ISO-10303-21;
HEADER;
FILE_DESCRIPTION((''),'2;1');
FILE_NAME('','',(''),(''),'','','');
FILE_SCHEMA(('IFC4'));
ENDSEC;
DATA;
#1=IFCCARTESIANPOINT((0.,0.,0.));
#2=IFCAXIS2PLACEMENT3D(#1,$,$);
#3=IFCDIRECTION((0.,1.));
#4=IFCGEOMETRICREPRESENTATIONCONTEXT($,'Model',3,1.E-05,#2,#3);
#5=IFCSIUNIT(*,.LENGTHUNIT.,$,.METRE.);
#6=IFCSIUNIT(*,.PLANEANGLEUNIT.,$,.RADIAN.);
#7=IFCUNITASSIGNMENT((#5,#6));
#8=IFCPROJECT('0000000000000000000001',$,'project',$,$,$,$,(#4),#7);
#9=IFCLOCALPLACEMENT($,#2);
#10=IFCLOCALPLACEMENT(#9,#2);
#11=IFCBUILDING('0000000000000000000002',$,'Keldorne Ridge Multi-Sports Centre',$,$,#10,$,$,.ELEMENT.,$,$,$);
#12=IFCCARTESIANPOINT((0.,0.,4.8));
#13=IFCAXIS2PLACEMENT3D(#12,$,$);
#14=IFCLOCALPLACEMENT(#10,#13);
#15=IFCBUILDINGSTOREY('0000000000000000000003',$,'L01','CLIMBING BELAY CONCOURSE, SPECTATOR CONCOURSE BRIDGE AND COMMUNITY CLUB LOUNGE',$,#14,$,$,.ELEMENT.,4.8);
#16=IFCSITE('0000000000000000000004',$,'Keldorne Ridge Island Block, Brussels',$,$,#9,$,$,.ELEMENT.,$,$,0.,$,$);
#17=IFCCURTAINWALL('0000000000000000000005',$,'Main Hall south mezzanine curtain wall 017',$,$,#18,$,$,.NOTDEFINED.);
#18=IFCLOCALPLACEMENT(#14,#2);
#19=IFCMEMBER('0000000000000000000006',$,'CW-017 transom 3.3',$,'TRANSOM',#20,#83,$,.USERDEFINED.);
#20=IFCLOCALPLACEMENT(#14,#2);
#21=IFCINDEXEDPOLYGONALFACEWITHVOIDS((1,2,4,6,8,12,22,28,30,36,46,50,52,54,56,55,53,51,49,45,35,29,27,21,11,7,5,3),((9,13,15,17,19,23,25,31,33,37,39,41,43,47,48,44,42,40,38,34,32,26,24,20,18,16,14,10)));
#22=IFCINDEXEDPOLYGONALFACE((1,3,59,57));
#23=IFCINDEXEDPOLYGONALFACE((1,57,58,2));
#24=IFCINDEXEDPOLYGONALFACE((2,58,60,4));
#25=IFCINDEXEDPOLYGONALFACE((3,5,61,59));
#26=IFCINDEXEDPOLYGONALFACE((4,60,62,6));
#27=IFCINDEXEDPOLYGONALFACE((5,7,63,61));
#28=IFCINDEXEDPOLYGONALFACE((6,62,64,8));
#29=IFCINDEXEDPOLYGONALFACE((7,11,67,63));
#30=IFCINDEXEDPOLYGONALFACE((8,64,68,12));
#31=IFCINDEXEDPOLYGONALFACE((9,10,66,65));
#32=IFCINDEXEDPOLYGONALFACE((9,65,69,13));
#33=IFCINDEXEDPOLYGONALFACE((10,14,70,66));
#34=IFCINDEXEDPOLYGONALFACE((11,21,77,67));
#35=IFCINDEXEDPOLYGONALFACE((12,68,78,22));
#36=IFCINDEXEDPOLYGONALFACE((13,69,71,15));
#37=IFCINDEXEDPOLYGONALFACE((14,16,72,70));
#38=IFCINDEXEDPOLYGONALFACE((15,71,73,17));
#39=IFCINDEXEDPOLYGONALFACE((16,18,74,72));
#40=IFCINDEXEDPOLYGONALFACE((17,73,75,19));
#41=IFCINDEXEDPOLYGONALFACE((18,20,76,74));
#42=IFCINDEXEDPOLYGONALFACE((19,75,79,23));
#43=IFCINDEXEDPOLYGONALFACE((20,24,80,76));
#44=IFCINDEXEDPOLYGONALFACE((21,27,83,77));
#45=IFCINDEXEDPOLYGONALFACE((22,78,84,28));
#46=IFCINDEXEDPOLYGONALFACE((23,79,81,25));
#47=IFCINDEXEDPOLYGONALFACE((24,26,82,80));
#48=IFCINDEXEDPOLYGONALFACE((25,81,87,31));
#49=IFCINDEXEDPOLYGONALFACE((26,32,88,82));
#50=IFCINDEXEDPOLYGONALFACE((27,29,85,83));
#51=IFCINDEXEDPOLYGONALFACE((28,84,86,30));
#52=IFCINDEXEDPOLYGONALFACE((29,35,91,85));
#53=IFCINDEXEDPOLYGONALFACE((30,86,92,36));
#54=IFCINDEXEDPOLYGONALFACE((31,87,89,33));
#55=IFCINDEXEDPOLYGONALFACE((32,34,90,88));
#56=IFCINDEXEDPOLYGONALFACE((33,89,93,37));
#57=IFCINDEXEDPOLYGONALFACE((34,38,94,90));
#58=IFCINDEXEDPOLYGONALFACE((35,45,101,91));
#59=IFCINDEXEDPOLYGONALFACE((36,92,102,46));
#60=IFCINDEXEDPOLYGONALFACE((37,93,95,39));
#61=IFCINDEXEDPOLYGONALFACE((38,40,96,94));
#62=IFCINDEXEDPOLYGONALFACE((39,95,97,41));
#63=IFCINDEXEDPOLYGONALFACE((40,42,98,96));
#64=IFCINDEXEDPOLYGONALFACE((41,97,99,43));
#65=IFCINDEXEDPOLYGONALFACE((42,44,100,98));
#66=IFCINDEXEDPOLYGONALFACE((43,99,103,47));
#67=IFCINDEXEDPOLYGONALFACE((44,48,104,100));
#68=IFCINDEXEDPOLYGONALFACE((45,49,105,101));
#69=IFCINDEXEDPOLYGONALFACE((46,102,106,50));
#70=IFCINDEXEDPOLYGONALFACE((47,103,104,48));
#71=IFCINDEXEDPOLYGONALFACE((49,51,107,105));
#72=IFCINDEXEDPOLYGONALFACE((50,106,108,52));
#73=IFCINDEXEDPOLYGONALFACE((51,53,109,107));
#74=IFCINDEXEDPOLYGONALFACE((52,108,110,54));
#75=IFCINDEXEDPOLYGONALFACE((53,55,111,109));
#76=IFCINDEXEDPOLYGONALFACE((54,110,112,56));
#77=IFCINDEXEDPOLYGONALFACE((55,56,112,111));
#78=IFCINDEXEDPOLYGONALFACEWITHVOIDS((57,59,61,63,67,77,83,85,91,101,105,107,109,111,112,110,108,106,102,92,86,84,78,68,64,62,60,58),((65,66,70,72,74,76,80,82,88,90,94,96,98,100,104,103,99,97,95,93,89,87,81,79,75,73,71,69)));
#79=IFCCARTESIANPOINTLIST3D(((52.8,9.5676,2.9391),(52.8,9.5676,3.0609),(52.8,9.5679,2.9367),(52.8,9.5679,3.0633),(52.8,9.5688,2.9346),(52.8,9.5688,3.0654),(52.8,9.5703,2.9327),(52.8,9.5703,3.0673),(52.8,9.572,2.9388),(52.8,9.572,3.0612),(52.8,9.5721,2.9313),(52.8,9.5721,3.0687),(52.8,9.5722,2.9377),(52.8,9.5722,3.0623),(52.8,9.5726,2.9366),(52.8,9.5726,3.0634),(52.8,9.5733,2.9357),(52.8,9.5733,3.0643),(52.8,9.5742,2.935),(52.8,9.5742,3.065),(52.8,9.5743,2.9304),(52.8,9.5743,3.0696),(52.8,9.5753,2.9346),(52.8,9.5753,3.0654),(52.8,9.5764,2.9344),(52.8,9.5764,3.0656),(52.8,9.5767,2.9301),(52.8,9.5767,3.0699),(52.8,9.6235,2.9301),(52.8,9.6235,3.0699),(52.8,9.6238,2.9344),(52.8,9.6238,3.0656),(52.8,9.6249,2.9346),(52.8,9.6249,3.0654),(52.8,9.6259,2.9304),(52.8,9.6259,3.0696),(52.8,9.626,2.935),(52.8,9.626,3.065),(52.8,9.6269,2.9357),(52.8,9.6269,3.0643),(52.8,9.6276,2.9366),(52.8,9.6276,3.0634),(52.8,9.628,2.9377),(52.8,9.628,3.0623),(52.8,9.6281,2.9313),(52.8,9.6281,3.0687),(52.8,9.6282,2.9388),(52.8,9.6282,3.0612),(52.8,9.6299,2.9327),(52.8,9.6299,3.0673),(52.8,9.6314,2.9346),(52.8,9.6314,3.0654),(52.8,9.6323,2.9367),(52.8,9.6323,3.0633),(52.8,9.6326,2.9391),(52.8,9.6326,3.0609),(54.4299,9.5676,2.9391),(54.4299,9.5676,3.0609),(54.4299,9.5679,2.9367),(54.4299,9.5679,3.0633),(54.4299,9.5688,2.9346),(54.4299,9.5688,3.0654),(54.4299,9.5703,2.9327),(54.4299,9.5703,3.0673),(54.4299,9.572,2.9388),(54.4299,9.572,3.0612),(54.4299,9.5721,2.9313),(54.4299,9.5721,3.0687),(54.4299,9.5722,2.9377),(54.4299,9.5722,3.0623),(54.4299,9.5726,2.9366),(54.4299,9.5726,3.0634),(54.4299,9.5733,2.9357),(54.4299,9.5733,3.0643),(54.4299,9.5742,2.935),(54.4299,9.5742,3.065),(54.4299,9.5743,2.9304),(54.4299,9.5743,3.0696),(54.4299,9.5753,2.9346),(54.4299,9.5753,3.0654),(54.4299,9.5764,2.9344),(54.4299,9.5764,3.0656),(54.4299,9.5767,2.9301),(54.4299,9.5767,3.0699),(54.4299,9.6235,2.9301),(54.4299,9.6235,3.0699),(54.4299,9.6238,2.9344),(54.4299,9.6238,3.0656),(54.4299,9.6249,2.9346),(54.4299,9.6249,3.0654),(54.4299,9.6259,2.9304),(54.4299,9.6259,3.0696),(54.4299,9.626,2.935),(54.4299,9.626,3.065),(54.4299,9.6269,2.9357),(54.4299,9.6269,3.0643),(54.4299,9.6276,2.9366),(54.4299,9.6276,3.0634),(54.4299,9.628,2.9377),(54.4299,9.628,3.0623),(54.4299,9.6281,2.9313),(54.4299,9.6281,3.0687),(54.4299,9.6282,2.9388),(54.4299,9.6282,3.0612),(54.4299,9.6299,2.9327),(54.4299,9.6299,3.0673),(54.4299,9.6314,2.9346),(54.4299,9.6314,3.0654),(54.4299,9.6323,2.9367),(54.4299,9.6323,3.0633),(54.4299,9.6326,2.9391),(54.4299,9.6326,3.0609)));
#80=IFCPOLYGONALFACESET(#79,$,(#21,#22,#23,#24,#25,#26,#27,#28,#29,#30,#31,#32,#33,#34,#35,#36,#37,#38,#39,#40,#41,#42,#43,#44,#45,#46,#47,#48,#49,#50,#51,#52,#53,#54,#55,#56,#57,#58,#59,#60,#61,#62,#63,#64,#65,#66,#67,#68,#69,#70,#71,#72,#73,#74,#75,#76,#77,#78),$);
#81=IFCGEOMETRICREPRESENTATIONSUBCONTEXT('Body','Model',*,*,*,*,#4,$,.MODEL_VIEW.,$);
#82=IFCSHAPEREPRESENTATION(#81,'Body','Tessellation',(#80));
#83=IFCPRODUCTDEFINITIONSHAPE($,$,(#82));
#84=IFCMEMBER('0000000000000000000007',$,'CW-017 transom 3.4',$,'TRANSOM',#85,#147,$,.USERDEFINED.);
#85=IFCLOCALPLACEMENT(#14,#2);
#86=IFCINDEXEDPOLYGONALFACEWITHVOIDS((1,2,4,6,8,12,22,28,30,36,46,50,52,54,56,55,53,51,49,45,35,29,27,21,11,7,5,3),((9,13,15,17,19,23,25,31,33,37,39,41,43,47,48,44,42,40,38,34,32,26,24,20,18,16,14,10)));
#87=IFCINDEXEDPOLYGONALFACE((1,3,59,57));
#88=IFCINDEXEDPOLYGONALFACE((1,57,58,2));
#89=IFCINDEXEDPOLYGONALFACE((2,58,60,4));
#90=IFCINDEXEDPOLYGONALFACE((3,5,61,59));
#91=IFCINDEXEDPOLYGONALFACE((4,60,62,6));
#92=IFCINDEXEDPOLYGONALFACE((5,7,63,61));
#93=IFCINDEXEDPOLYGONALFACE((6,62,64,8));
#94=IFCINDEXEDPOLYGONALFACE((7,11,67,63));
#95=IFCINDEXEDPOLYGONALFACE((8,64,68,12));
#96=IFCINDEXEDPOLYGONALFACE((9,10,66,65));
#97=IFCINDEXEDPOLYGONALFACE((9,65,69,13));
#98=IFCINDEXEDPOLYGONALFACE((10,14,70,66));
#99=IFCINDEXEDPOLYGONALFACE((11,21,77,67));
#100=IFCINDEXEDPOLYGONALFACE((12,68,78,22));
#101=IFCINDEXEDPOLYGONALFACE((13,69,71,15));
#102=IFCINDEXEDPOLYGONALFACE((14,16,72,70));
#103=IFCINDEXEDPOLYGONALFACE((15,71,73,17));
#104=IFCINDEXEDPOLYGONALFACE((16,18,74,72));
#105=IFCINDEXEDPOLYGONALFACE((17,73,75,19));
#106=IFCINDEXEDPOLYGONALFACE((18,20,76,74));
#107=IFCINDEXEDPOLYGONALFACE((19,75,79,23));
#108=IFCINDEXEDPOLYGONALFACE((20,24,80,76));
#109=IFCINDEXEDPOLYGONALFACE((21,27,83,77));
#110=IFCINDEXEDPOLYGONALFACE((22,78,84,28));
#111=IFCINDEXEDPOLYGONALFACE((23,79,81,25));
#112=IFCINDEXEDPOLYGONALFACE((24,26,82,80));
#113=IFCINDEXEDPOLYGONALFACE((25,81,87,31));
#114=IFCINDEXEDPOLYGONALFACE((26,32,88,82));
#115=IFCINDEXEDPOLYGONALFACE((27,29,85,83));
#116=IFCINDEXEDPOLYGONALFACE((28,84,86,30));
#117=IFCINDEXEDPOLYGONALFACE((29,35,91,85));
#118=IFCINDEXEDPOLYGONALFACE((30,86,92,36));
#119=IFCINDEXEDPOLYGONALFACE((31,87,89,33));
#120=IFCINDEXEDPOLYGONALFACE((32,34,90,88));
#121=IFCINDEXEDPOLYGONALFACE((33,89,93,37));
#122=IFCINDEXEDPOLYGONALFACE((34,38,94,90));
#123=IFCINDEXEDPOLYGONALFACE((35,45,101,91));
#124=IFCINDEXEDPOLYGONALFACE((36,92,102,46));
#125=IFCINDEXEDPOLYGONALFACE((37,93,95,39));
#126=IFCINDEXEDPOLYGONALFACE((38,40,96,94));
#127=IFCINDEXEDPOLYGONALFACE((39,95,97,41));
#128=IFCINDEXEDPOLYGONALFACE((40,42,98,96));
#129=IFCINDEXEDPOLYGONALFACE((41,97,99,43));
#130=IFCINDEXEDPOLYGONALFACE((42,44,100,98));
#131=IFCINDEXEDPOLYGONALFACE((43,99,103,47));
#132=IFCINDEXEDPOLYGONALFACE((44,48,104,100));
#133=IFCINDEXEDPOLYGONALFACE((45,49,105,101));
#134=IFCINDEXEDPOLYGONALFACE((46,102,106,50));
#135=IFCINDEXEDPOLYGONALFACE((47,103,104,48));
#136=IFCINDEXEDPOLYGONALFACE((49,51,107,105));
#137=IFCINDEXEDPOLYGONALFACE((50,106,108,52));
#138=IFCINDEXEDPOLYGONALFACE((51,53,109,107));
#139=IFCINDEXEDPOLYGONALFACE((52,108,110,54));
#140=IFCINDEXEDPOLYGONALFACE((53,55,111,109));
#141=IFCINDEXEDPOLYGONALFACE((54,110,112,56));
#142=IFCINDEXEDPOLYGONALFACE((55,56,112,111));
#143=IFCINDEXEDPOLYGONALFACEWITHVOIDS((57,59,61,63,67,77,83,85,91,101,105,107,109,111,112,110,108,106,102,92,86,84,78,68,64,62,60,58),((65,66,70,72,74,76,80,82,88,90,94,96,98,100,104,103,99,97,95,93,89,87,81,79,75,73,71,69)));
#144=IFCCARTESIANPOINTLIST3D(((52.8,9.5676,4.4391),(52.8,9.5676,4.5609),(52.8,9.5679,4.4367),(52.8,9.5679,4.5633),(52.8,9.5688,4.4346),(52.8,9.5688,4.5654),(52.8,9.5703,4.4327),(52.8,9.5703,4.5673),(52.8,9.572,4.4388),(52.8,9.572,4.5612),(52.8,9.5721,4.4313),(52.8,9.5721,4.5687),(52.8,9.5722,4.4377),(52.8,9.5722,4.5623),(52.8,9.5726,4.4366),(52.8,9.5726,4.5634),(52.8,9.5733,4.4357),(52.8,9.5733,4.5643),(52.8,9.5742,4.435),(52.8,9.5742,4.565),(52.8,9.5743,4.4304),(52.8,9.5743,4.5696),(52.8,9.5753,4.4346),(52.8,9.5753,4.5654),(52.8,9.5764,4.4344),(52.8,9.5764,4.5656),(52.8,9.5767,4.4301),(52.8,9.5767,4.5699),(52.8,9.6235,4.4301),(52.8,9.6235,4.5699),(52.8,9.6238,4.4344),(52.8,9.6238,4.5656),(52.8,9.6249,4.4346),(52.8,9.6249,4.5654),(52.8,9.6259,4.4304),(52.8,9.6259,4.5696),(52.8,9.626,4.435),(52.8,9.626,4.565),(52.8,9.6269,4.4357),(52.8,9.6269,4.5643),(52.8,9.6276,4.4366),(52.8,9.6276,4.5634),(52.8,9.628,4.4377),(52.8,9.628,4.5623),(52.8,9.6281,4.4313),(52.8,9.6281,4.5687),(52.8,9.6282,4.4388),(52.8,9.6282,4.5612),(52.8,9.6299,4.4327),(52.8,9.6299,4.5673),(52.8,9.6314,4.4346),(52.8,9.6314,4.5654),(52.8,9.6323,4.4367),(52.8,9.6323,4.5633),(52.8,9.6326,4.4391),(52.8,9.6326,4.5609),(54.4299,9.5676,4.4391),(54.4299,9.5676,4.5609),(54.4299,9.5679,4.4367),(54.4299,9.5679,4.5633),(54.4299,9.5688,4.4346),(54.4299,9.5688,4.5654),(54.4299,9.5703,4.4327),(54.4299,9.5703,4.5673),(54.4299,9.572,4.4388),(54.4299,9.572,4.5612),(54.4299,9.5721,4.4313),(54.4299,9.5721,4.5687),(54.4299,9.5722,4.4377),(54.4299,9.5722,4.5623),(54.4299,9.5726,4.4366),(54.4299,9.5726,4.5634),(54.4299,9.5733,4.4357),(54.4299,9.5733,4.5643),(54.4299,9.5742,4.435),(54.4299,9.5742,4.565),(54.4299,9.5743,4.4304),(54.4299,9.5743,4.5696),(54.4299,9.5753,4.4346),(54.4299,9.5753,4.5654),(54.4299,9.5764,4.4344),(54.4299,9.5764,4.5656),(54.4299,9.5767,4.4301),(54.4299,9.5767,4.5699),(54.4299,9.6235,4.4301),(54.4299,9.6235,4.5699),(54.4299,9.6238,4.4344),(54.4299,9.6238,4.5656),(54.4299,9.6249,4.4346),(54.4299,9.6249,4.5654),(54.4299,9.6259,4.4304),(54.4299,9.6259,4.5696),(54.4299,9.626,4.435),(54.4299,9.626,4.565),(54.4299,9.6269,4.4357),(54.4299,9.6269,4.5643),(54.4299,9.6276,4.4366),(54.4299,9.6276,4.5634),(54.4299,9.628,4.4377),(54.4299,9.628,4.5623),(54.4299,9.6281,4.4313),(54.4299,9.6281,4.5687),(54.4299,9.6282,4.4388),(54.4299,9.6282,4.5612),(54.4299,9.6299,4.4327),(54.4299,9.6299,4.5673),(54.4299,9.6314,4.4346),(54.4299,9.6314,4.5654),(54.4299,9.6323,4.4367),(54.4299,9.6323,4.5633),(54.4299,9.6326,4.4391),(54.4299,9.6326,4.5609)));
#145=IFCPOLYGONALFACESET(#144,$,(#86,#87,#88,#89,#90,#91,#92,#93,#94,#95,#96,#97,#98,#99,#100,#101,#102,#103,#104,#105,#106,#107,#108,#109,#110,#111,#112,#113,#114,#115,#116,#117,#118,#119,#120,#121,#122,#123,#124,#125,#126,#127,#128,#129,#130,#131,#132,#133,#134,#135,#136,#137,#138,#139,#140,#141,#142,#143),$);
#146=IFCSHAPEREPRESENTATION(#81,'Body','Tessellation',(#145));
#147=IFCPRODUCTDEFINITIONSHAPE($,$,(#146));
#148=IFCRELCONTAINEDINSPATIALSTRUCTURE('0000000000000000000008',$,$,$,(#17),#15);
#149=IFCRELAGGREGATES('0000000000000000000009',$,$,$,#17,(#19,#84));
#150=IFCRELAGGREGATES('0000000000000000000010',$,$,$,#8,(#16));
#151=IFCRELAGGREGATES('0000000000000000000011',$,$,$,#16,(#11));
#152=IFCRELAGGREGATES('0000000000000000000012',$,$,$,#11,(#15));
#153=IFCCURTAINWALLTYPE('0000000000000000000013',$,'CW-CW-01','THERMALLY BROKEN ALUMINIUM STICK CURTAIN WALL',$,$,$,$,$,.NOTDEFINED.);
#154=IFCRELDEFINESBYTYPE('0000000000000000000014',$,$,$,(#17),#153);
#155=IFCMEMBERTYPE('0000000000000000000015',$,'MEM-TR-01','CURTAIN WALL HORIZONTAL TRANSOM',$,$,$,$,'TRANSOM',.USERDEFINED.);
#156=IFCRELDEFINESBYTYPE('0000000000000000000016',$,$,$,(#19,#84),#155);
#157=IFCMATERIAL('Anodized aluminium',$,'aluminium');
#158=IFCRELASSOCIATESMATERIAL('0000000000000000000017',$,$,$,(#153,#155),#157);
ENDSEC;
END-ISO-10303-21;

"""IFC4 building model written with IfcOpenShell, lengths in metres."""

from ifc_helpers import new_model, si_unit, direction, frame, origin, origin_2d, place, context, subcontext, project, spatial, hollow_rectangle, extrude, material, material_profile, profile_set, type_object, element, aggregate, save


model = new_model("IFC4")

# Units and contexts
model_context = context("Model", 3, precision=1e-05, world=origin(), true_north=direction((0.0, 1.0)))
body_context = subcontext(model_context, "Body", "Model", "MODEL_VIEW")
ifc_project = project(units=[si_unit("LENGTHUNIT", "METRE"), si_unit("PLANEANGLEUNIT", "RADIAN")], contexts=[model_context])

# Site, building, storey
site_placement = place(None, origin())
site = spatial("IfcSite", under=ifc_project, at=site_placement, Name="Keldorne Ridge Island Block, Brussels", CompositionType="ELEMENT", RefElevation=0.0)
building_placement = place(site_placement, origin())
building = spatial("IfcBuilding", under=site, at=building_placement, Name="Keldorne Ridge Multi-Sports Centre", CompositionType="ELEMENT")
storey_placement = place(building_placement, frame((0.0, 0.0, 4.8)))
storey = spatial("IfcBuildingStorey", under=building, at=storey_placement, Name="L01", Description="CLIMBING BELAY CONCOURSE, SPECTATOR CONCOURSE BRIDGE AND COMMUNITY CLUB LOUNGE", CompositionType="ELEMENT", Elevation=4.8)

# Curtain wall, members
ifc_material_1 = material(Name="Anodized aluminium", Category="aluminium")
curtain_wall_type_1 = type_object("IfcCurtainWallType", Name="CW-CW-01", Description="THERMALLY BROKEN ALUMINIUM STICK CURTAIN WALL", PredefinedType="NOTDEFINED", material=ifc_material_1)
curtain_wall_1_placement = place(storey_placement, origin())
curtain_wall_1 = element("IfcCurtainWall", 1, at=curtain_wall_1_placement, inside=storey, type_object=curtain_wall_type_1, Name="Main Hall south mezzanine curtain wall 017", PredefinedType="NOTDEFINED")
ifc_material_profile_1 = material_profile(ifc_material_1, hollow_rectangle(XDim=0.0649, YDim=0.1399, WallThickness=0.0044, InnerFilletRadius=0.0044, OuterFilletRadius=0.009, at=origin_2d()), Name="ALU TRANSOM 140x65x4.5")
ifc_profile_set_1 = profile_set([ifc_material_profile_1], Name="Anodized aluminium")
member_type = type_object("IfcMemberType", Name="MEM-TR-01", Description="CURTAIN WALL HORIZONTAL TRANSOM", ElementType="TRANSOM", PredefinedType="USERDEFINED", material=ifc_profile_set_1)
member_1_placement = place(storey_placement, frame((52.8, 9.6001, 3.0), z_axis=(1.0, 0.0, 0.0), x_axis=(0.0, 1.0, 0.0)))
member_1 = element("IfcMember", 2, at=member_1_placement, type_object=member_type, Name="CW-017 transom 3.3", ObjectType="TRANSOM", PredefinedType="USERDEFINED", context=body_context, shape_type="SweptSolid", body=[
    extrude(hollow_rectangle(XDim=0.0649, YDim=0.1399, WallThickness=0.0044, InnerFilletRadius=0.0044, OuterFilletRadius=0.009, at=origin_2d()), origin(), (0.0, 0.0, 1.0), 1.6299),
])
member_2_placement = place(storey_placement, frame((52.8, 9.6001, 4.5), z_axis=(1.0, 0.0, 0.0), x_axis=(0.0, 1.0, 0.0)))
member_2 = element("IfcMember", 3, at=member_2_placement, type_object=member_type, Name="CW-017 transom 3.4", ObjectType="TRANSOM", PredefinedType="USERDEFINED", context=body_context, shape_type="SweptSolid", body=[
    extrude(hollow_rectangle(XDim=0.0649, YDim=0.1399, WallThickness=0.0044, InnerFilletRadius=0.0044, OuterFilletRadius=0.009, at=origin_2d()), origin(), (0.0, 0.0, 1.0), 1.6299),
])

aggregate(curtain_wall_1, [member_1, member_2])

save(model, "model.ifc")
